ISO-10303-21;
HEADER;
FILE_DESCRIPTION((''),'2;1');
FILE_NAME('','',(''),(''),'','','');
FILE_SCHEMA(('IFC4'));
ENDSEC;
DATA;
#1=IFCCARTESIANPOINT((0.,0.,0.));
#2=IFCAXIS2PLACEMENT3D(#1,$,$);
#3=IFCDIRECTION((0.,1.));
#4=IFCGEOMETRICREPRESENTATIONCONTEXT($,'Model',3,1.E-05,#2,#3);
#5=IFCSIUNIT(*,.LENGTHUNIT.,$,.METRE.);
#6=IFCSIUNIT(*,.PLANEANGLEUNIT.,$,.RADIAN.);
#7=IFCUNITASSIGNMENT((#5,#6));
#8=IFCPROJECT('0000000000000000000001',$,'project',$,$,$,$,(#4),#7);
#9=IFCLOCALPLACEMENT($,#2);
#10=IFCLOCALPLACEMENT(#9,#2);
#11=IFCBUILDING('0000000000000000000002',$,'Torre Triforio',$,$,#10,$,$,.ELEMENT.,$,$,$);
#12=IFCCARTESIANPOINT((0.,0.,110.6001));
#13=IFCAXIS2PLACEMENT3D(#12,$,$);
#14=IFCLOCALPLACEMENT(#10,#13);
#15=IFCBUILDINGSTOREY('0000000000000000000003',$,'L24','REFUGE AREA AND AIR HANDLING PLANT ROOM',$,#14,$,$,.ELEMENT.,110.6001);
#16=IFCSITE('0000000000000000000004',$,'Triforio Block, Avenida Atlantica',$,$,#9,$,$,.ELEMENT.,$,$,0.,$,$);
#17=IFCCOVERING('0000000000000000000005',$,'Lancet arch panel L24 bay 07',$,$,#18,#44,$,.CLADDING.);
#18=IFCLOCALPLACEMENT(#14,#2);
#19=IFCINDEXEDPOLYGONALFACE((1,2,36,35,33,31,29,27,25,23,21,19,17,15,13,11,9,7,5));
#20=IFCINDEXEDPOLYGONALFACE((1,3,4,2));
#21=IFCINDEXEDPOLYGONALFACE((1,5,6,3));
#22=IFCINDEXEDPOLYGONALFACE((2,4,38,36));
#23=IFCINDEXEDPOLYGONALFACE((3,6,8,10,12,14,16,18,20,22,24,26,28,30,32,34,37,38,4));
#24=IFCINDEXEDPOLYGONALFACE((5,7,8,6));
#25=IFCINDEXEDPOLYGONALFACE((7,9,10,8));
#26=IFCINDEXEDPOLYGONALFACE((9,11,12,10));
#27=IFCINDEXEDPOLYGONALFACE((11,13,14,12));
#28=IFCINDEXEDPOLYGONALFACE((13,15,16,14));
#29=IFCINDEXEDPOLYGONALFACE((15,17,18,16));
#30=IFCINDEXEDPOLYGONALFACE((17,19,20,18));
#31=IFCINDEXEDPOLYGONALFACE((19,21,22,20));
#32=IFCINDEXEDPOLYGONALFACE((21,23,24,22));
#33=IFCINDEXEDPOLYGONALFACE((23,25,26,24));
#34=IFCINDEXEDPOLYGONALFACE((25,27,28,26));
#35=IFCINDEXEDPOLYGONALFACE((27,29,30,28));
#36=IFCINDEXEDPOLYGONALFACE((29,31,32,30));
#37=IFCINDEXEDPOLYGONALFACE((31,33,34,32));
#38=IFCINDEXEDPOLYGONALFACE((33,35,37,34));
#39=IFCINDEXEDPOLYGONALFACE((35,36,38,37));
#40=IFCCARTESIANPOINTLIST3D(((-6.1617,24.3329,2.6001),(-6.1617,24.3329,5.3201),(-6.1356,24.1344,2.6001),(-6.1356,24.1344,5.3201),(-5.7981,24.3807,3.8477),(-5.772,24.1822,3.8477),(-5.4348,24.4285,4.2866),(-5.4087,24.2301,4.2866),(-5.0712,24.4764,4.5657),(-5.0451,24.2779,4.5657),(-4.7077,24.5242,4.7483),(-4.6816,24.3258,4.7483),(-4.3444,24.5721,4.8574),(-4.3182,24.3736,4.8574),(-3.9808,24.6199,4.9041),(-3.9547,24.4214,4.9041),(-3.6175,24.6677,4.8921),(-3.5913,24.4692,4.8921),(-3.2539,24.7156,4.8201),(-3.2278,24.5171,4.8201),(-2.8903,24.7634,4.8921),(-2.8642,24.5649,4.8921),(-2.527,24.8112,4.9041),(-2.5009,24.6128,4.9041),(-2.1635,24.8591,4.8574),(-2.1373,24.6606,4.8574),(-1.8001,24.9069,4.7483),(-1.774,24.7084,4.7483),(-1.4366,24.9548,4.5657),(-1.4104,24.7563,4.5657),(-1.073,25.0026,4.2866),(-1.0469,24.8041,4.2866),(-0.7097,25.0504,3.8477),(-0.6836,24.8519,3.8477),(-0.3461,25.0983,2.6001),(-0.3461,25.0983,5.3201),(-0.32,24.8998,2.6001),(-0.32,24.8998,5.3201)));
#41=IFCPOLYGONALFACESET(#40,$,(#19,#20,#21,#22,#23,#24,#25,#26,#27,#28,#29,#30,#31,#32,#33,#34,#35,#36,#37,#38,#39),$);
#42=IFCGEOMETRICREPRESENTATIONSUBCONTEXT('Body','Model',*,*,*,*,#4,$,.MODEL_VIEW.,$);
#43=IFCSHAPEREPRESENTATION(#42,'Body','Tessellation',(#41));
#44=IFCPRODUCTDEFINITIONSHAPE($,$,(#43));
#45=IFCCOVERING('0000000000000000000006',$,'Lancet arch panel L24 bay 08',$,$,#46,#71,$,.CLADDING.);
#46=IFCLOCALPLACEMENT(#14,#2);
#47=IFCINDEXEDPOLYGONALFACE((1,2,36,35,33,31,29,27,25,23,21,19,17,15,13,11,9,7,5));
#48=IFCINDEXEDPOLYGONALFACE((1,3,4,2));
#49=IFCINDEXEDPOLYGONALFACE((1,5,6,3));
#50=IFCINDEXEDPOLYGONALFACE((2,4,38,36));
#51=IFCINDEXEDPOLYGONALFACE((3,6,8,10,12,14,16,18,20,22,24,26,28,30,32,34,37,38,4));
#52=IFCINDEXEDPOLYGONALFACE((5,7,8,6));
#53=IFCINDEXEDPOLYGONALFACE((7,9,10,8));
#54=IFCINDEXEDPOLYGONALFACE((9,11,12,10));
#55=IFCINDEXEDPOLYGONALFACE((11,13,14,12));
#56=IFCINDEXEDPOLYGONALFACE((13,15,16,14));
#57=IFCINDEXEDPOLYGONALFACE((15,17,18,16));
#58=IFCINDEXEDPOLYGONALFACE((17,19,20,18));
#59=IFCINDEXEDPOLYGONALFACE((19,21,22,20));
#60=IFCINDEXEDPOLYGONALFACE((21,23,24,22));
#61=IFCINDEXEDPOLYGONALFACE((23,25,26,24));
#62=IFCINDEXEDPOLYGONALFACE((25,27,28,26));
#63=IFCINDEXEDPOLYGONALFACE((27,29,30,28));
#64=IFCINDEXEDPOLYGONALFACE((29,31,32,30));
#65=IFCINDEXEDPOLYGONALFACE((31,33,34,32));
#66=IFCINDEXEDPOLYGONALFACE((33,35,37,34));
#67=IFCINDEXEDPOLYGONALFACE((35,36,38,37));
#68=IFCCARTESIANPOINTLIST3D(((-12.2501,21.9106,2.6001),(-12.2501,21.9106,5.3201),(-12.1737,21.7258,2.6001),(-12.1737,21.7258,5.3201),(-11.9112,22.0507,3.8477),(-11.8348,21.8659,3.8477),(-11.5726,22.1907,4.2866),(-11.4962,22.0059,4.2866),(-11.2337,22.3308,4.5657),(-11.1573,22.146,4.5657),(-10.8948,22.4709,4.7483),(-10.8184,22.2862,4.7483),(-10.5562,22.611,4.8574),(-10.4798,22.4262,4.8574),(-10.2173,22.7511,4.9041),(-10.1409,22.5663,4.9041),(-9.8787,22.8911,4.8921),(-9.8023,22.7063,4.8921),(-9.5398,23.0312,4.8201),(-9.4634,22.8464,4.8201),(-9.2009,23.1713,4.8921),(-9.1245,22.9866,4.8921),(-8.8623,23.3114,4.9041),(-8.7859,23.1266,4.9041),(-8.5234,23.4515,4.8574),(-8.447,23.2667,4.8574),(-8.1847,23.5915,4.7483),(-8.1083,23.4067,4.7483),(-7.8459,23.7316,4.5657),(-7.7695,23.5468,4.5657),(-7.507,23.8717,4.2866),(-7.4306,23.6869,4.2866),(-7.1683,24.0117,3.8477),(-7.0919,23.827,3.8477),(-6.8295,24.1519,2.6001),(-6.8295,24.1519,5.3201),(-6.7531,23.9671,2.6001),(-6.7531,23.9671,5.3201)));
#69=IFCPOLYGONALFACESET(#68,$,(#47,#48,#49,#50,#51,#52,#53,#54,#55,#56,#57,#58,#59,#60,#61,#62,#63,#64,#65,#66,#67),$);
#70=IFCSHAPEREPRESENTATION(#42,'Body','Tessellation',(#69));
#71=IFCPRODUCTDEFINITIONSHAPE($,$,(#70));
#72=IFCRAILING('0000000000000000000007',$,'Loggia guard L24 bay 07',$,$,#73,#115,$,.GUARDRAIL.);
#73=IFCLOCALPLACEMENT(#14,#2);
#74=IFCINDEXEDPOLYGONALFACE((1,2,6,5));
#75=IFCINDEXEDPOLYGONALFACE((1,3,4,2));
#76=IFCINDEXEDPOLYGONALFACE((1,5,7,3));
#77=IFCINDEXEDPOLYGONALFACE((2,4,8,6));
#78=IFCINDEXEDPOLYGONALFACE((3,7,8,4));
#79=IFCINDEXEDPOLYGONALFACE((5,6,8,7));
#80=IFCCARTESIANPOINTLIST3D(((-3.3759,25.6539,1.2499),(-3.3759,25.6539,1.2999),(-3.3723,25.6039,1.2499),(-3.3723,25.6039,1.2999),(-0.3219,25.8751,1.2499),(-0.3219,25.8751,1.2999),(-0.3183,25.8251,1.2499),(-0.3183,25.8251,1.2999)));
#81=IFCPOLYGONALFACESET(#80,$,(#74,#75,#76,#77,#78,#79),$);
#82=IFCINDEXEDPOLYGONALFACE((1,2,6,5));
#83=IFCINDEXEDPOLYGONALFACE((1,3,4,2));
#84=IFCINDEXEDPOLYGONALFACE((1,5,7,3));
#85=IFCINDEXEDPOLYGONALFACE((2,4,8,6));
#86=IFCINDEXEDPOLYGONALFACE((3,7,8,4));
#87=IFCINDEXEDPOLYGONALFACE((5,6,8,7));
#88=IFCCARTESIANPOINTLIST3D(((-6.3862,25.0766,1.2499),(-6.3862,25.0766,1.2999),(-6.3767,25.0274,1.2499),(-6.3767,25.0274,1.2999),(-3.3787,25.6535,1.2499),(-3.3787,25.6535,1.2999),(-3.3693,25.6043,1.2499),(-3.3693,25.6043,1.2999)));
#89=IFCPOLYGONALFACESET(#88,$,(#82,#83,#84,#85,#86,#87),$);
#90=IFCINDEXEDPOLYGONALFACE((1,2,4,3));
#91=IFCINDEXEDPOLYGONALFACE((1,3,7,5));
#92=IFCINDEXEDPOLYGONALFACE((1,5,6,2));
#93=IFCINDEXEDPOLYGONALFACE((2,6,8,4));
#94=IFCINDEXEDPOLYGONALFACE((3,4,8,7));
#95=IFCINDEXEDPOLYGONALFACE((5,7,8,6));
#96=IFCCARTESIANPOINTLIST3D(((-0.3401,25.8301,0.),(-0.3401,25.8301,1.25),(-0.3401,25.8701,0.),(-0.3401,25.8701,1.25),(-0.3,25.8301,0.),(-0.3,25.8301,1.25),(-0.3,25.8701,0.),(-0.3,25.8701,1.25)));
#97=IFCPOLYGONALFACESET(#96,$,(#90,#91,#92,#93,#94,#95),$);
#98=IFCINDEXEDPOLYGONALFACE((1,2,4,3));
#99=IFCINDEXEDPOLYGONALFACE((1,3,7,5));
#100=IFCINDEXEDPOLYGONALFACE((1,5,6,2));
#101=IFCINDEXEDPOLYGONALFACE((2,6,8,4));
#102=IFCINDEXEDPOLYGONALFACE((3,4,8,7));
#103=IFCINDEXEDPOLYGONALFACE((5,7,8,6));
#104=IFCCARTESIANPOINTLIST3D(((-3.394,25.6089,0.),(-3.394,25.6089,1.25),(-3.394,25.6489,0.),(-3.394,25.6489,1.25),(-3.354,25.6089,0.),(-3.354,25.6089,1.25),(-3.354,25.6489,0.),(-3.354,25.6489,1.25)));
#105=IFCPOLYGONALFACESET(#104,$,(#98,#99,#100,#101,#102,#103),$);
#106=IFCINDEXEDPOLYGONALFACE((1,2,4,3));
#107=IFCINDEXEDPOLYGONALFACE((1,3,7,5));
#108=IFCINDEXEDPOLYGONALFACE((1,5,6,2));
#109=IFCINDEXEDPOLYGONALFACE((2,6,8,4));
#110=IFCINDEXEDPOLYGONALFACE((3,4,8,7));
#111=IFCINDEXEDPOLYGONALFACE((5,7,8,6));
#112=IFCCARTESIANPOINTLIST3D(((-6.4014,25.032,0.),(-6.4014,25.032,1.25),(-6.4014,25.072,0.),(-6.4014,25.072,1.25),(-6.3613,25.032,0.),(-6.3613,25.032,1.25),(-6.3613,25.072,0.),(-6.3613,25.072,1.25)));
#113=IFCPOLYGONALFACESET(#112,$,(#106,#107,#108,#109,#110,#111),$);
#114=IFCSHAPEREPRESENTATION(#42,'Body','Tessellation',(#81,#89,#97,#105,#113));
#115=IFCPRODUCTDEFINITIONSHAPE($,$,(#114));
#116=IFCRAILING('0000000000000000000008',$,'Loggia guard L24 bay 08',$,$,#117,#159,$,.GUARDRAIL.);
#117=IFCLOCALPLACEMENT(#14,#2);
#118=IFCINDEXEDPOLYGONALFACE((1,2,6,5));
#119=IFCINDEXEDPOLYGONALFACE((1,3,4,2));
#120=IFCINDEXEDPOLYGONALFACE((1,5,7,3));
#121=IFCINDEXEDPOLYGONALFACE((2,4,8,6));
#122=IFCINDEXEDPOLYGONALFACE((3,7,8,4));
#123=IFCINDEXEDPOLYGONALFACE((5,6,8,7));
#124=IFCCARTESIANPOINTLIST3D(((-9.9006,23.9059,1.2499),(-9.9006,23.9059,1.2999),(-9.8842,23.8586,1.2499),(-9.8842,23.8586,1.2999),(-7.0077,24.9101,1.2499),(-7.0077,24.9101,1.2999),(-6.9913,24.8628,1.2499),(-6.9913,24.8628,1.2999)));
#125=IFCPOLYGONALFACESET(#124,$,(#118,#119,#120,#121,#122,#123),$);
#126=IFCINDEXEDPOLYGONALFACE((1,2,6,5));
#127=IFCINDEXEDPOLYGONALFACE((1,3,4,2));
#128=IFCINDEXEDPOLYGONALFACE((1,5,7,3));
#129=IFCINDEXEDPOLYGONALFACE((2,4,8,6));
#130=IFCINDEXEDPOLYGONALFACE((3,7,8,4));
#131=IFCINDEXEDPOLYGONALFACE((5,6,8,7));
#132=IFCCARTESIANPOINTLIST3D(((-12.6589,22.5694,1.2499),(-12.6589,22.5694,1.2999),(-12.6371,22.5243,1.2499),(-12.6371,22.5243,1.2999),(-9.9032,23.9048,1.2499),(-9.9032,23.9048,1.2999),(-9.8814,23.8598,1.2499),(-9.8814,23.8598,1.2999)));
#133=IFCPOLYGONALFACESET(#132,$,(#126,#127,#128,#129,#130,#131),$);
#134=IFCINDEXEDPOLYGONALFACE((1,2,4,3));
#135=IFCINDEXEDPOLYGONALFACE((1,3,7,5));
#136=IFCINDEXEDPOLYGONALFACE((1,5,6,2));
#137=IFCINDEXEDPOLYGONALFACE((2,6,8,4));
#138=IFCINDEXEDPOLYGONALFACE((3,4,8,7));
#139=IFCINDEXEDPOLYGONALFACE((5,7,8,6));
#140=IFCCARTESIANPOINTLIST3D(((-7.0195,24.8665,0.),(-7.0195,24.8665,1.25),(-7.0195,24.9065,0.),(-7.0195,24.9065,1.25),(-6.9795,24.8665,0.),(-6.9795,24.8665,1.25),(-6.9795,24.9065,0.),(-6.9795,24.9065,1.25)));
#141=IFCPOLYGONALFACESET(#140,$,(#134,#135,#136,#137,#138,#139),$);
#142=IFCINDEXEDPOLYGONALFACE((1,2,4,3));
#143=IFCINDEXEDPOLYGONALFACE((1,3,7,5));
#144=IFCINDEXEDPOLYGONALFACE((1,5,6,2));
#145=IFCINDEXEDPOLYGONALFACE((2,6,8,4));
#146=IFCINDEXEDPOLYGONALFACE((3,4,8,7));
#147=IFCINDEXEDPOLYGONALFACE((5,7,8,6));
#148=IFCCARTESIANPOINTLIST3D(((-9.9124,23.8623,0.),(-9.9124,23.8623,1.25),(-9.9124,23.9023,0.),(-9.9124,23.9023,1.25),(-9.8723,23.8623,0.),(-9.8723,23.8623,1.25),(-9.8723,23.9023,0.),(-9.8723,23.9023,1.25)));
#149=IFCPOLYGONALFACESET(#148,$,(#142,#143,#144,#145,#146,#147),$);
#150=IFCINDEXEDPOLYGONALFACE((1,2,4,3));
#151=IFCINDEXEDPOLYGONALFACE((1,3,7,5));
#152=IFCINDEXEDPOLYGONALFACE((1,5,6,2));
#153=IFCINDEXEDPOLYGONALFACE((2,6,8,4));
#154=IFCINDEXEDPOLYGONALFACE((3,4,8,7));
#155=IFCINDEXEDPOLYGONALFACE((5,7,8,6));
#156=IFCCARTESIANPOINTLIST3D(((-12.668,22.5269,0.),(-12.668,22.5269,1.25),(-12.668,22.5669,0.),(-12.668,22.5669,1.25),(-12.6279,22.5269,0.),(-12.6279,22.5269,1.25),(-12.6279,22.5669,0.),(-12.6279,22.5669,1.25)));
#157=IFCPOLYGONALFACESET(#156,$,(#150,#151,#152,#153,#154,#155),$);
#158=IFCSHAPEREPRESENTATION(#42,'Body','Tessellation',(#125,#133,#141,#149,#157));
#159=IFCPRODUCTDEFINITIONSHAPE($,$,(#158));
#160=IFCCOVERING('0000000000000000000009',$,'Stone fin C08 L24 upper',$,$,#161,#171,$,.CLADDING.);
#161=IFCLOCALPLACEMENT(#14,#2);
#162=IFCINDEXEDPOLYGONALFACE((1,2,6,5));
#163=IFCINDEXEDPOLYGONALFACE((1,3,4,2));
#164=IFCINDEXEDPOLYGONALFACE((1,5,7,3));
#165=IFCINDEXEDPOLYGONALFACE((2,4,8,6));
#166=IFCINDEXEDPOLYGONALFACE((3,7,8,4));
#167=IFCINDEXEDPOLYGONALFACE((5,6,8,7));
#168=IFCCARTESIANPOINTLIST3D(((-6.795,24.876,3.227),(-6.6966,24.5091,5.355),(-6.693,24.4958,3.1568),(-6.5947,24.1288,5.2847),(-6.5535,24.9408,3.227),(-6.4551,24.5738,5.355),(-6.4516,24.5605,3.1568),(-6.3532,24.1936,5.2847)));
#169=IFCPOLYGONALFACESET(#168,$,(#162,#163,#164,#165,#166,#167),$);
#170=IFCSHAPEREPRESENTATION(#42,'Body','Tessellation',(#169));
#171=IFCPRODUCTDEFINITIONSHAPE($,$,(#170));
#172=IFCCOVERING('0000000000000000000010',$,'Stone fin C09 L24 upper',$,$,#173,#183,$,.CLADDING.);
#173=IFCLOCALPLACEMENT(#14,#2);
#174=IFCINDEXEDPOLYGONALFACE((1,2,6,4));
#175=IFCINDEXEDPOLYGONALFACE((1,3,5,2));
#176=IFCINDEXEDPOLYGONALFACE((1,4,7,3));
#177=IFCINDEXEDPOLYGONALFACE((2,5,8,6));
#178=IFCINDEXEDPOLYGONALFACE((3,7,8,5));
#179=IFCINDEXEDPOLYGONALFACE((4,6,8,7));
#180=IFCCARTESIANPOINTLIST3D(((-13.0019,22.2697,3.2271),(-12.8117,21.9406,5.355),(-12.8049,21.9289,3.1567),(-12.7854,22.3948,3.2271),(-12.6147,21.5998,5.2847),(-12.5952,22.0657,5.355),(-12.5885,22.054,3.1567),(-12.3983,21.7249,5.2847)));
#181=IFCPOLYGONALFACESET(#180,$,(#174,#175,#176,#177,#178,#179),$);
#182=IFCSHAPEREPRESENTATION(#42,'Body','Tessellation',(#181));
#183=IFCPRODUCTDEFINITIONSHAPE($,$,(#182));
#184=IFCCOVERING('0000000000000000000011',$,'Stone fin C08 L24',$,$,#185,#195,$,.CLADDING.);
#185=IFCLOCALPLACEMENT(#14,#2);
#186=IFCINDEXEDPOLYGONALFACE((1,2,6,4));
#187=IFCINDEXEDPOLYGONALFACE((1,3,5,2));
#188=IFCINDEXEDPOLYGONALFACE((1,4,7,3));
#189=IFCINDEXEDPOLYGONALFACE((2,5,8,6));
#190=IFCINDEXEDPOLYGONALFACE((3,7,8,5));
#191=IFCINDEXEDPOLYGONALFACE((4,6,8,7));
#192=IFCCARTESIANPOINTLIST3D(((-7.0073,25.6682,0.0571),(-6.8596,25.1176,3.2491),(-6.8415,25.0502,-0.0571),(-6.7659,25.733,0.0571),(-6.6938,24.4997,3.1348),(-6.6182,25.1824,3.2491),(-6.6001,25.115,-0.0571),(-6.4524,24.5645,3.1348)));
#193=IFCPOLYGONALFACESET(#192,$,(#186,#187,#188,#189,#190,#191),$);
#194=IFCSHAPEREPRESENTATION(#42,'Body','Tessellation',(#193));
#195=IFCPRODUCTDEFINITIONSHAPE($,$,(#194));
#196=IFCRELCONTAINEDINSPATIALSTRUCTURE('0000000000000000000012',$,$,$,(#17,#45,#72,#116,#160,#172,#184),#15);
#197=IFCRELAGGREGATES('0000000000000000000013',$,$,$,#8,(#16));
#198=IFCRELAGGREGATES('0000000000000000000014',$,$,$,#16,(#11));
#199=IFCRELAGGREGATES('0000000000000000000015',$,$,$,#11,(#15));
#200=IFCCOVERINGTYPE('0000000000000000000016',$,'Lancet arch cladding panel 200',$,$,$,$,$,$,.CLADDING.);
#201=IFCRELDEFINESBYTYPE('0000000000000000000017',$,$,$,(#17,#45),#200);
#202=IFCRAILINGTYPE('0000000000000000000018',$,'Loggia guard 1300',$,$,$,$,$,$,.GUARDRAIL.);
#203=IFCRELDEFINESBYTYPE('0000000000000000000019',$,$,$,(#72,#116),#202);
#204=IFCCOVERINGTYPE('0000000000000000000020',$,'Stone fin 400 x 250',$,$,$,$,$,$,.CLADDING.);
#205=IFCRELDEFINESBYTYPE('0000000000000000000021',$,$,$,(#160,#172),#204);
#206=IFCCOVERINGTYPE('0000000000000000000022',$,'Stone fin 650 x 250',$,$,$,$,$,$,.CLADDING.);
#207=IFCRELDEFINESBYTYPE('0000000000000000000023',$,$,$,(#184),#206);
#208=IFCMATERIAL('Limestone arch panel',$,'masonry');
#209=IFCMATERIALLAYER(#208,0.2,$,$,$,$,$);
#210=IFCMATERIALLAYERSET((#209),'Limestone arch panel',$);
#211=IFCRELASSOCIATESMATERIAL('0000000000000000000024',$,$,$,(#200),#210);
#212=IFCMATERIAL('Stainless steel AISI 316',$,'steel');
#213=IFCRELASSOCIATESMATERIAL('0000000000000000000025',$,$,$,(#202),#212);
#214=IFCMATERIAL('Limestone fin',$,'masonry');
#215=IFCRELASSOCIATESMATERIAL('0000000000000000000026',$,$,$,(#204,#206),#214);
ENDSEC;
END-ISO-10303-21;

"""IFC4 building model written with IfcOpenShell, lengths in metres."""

from ifc_helpers import new_model, si_unit, direction, frame, origin, origin_2d, place, context, subcontext, project, spatial, polyline, rectangle, outline, extrude, material, layer, layer_set, material_profile, profile_set, type_object, element, save


model = new_model("IFC4")

# Units and contexts
model_context = context("Model", 3, precision=1e-05, world=origin(), true_north=direction((0.0, 1.0)))
body_context = subcontext(model_context, "Body", "Model", "MODEL_VIEW")
ifc_project = project(units=[si_unit("LENGTHUNIT", "METRE"), si_unit("PLANEANGLEUNIT", "RADIAN")], contexts=[model_context])

# Site, building, storey
site_placement = place(None, origin())
site = spatial("IfcSite", under=ifc_project, at=site_placement, Name="Triforio Block, Avenida Atlantica", CompositionType="ELEMENT", RefElevation=0.0)
building_placement = place(site_placement, origin())
building = spatial("IfcBuilding", under=site, at=building_placement, Name="Torre Triforio", CompositionType="ELEMENT")
storey_placement = place(building_placement, frame((0.0, 0.0, 110.6001)))
storey = spatial("IfcBuildingStorey", under=building, at=storey_placement, Name="L24", Description="REFUGE AREA AND AIR HANDLING PLANT ROOM", CompositionType="ELEMENT", Elevation=110.6001)

# Coverings
ifc_material_1 = material(Name="Limestone arch panel", Category="masonry")
ifc_layer_1 = layer(ifc_material_1, 0.2)
ifc_layer_set_1 = layer_set([ifc_layer_1], Name="Limestone arch panel")
covering_type_1 = type_object("IfcCoveringType", Name="Lancet arch cladding panel 200", PredefinedType="CLADDING", material=ifc_layer_set_1)
covering_1_placement = place(storey_placement, frame((-3.2278, 24.5171, 0.0), z_axis=(-0.130486, 0.99145, 0.0), x_axis=(-0.99145, -0.130486, 0.0)))
element("IfcCovering", 1, at=covering_1_placement, inside=storey, type_object=covering_type_1, Name="Lancet arch panel L24 bay 07", PredefinedType="CLADDING", context=body_context, shape_type="SweptSolid", body=[
    extrude(outline(polyline([(-2.9329, 5.3201), (-2.9329, 2.6001), (-2.5662, 3.8477), (-2.1997, 4.2866), (-1.833, 4.5657), (-1.4663, 4.7483), (-1.0999, 4.8574), (-0.7332, 4.9041), (-0.3667, 4.8921), (0.0, 4.8201), (0.3667, 4.8921), (0.7332, 4.9041), (1.0999, 4.8574), (1.4663, 4.7483), (1.833, 4.5657), (2.1997, 4.2866), (2.5662, 3.8477), (2.9329, 2.6001), (2.9329, 5.3201), (-2.9329, 5.3201)])), origin(), (0.0, 0.0, 1.0), 0.2002),
])
covering_2_placement = place(storey_placement, frame((-9.4634, 22.8464, 0.0), z_axis=(-0.3821, 0.924121, 0.0), x_axis=(-0.924121, -0.3821, 0.0)))
element("IfcCovering", 2, at=covering_2_placement, inside=storey, type_object=covering_type_1, Name="Lancet arch panel L24 bay 08", PredefinedType="CLADDING", context=body_context, shape_type="SweptSolid", body=[
    extrude(outline(polyline([(-2.9329, 5.3201), (-2.9329, 2.6001), (-2.5662, 3.8477), (-2.1997, 4.2866), (-1.833, 4.5657), (-1.4663, 4.7483), (-1.0999, 4.8574), (-0.7332, 4.9041), (-0.3667, 4.8921), (0.0, 4.8201), (0.3667, 4.8921), (0.7332, 4.9041), (1.0999, 4.8574), (1.4663, 4.7483), (1.833, 4.5657), (2.1997, 4.2866), (2.5662, 3.8477), (2.9329, 2.6001), (2.9329, 5.3201), (-2.9329, 5.3201)])), origin(), (0.0, 0.0, 1.0), 0.2),
])

# Railings
ifc_material_2 = material(Name="Stainless steel AISI 316", Category="steel")
railing_type = type_object("IfcRailingType", Name="Loggia guard 1300", PredefinedType="GUARDRAIL", material=ifc_material_2)
railing_1_placement = place(storey_placement, frame((-0.3201, 25.8501, 0.0)))
element("IfcRailing", 3, at=railing_1_placement, inside=storey, type_object=railing_type, Name="Loggia guard L24 bay 07", PredefinedType="GUARDRAIL", context=body_context, shape_type="SweptSolid", body=[
    extrude(rectangle(XDim=0.05, YDim=0.05, at=origin_2d()), frame((0.0, 0.0, 1.2749), z_axis=(-0.997387, -0.072239, 0.0), x_axis=(0.072239, -0.997387, 0.0)), (0.0, 0.0, 1.0), 3.062),
    extrude(rectangle(XDim=0.05, YDim=0.05, at=origin_2d()), frame((-3.054, -0.2212, 1.2749), z_axis=(-0.982093, -0.188398, 0.0), x_axis=(0.188398, -0.982093, 0.0)), (0.0, 0.0, 1.0), 3.0623),
    extrude(rectangle(XDim=0.04, YDim=0.04, at=origin_2d()), origin(), (0.0, 0.0, 1.0), 1.25),
    extrude(rectangle(XDim=0.04, YDim=0.04, at=origin_2d()), frame((-3.054, -0.2212, 0.0)), (0.0, 0.0, 1.0), 1.25),
    extrude(rectangle(XDim=0.04, YDim=0.04, at=origin_2d()), frame((-6.0613, -0.7981, 0.0)), (0.0, 0.0, 1.0), 1.25),
])
railing_2_placement = place(storey_placement, frame((-6.9995, 24.8865, 0.0)))
element("IfcRailing", 4, at=railing_2_placement, inside=storey, type_object=railing_type, Name="Loggia guard L24 bay 08", PredefinedType="GUARDRAIL", context=body_context, shape_type="SweptSolid", body=[
    extrude(rectangle(XDim=0.05, YDim=0.05, at=origin_2d()), frame((0.0, 0.0, 1.2749), z_axis=(-0.944704, -0.327924, 0.0), x_axis=(0.327924, -0.944704, 0.0)), (0.0, 0.0, 1.0), 3.0623),
    extrude(rectangle(XDim=0.05, YDim=0.05, at=origin_2d()), frame((-2.8928, -1.0042, 1.2749), z_axis=(-0.899892, -0.436113, 0.0), x_axis=(0.436113, -0.899892, 0.0)), (0.0, 0.0, 1.0), 3.0623),
    extrude(rectangle(XDim=0.04, YDim=0.04, at=origin_2d()), origin(), (0.0, 0.0, 1.0), 1.25),
    extrude(rectangle(XDim=0.04, YDim=0.04, at=origin_2d()), frame((-2.8928, -1.0042, 0.0)), (0.0, 0.0, 1.0), 1.25),
    extrude(rectangle(XDim=0.04, YDim=0.04, at=origin_2d()), frame((-5.6484, -2.3396, 0.0)), (0.0, 0.0, 1.0), 1.25),
])

# Coverings
ifc_material_3 = material(Name="Limestone fin", Category="masonry")
ifc_material_profile_1 = material_profile(ifc_material_3, rectangle(XDim=0.3999, YDim=0.25, at=origin_2d()), Name="FIN 400x250")
ifc_profile_set_1 = profile_set([ifc_material_profile_1], Name="Limestone fin")
covering_type_2 = type_object("IfcCoveringType", Name="Stone fin 400 x 250", PredefinedType="CLADDING", material=ifc_profile_set_1)
for number, where, z_axis, x_axis, name in (
    (5, (-6.6233, 24.7183, 3.1919), (0.045517, -0.169757, 0.984434), (-0.254951, 0.950847, 0.175754), "Stone fin C08 L24 upper"),
    (6, (-12.7952, 22.1619, 3.1919), (0.087983, -0.152248, 0.984418), (-0.492556, 0.852331, 0.175842), "Stone fin C09 L24 upper"),
):
    element("IfcCovering", number, at=place(storey_placement, frame(where, z_axis=z_axis, x_axis=x_axis)), inside=storey, type_object=covering_type_2, Name=name, PredefinedType="CLADDING", context=body_context, shape_type="SweptSolid", body=[
        extrude(rectangle(XDim=0.3999, YDim=0.25, at=origin_2d()), origin(), (0.0, 0.0, 1.0), 2.1616),
    ])
ifc_material_profile_2 = material_profile(ifc_material_3, rectangle(XDim=0.6499, YDim=0.25, at=origin_2d()), Name="FIN 650x250")
ifc_profile_set_2 = profile_set([ifc_material_profile_2], Name="Limestone fin")
covering_type_3 = type_object("IfcCoveringType", Name="Stone fin 650 x 250", PredefinedType="CLADDING", material=ifc_profile_set_2)
covering_3_placement = place(storey_placement, frame((-6.8037, 25.3916, 0.0), z_axis=(0.045554, -0.169794, 0.984426), x_axis=(-0.255093, 0.950801, 0.175798)))
element("IfcCovering", 7, at=covering_3_placement, inside=storey, type_object=covering_type_3, Name="Stone fin C08 L24", PredefinedType="CLADDING", context=body_context, shape_type="SweptSolid", body=[
    extrude(rectangle(XDim=0.6499, YDim=0.25, at=origin_2d()), origin(), (0.0, 0.0, 1.0), 3.2424),
])

save(model, "model.ifc")
